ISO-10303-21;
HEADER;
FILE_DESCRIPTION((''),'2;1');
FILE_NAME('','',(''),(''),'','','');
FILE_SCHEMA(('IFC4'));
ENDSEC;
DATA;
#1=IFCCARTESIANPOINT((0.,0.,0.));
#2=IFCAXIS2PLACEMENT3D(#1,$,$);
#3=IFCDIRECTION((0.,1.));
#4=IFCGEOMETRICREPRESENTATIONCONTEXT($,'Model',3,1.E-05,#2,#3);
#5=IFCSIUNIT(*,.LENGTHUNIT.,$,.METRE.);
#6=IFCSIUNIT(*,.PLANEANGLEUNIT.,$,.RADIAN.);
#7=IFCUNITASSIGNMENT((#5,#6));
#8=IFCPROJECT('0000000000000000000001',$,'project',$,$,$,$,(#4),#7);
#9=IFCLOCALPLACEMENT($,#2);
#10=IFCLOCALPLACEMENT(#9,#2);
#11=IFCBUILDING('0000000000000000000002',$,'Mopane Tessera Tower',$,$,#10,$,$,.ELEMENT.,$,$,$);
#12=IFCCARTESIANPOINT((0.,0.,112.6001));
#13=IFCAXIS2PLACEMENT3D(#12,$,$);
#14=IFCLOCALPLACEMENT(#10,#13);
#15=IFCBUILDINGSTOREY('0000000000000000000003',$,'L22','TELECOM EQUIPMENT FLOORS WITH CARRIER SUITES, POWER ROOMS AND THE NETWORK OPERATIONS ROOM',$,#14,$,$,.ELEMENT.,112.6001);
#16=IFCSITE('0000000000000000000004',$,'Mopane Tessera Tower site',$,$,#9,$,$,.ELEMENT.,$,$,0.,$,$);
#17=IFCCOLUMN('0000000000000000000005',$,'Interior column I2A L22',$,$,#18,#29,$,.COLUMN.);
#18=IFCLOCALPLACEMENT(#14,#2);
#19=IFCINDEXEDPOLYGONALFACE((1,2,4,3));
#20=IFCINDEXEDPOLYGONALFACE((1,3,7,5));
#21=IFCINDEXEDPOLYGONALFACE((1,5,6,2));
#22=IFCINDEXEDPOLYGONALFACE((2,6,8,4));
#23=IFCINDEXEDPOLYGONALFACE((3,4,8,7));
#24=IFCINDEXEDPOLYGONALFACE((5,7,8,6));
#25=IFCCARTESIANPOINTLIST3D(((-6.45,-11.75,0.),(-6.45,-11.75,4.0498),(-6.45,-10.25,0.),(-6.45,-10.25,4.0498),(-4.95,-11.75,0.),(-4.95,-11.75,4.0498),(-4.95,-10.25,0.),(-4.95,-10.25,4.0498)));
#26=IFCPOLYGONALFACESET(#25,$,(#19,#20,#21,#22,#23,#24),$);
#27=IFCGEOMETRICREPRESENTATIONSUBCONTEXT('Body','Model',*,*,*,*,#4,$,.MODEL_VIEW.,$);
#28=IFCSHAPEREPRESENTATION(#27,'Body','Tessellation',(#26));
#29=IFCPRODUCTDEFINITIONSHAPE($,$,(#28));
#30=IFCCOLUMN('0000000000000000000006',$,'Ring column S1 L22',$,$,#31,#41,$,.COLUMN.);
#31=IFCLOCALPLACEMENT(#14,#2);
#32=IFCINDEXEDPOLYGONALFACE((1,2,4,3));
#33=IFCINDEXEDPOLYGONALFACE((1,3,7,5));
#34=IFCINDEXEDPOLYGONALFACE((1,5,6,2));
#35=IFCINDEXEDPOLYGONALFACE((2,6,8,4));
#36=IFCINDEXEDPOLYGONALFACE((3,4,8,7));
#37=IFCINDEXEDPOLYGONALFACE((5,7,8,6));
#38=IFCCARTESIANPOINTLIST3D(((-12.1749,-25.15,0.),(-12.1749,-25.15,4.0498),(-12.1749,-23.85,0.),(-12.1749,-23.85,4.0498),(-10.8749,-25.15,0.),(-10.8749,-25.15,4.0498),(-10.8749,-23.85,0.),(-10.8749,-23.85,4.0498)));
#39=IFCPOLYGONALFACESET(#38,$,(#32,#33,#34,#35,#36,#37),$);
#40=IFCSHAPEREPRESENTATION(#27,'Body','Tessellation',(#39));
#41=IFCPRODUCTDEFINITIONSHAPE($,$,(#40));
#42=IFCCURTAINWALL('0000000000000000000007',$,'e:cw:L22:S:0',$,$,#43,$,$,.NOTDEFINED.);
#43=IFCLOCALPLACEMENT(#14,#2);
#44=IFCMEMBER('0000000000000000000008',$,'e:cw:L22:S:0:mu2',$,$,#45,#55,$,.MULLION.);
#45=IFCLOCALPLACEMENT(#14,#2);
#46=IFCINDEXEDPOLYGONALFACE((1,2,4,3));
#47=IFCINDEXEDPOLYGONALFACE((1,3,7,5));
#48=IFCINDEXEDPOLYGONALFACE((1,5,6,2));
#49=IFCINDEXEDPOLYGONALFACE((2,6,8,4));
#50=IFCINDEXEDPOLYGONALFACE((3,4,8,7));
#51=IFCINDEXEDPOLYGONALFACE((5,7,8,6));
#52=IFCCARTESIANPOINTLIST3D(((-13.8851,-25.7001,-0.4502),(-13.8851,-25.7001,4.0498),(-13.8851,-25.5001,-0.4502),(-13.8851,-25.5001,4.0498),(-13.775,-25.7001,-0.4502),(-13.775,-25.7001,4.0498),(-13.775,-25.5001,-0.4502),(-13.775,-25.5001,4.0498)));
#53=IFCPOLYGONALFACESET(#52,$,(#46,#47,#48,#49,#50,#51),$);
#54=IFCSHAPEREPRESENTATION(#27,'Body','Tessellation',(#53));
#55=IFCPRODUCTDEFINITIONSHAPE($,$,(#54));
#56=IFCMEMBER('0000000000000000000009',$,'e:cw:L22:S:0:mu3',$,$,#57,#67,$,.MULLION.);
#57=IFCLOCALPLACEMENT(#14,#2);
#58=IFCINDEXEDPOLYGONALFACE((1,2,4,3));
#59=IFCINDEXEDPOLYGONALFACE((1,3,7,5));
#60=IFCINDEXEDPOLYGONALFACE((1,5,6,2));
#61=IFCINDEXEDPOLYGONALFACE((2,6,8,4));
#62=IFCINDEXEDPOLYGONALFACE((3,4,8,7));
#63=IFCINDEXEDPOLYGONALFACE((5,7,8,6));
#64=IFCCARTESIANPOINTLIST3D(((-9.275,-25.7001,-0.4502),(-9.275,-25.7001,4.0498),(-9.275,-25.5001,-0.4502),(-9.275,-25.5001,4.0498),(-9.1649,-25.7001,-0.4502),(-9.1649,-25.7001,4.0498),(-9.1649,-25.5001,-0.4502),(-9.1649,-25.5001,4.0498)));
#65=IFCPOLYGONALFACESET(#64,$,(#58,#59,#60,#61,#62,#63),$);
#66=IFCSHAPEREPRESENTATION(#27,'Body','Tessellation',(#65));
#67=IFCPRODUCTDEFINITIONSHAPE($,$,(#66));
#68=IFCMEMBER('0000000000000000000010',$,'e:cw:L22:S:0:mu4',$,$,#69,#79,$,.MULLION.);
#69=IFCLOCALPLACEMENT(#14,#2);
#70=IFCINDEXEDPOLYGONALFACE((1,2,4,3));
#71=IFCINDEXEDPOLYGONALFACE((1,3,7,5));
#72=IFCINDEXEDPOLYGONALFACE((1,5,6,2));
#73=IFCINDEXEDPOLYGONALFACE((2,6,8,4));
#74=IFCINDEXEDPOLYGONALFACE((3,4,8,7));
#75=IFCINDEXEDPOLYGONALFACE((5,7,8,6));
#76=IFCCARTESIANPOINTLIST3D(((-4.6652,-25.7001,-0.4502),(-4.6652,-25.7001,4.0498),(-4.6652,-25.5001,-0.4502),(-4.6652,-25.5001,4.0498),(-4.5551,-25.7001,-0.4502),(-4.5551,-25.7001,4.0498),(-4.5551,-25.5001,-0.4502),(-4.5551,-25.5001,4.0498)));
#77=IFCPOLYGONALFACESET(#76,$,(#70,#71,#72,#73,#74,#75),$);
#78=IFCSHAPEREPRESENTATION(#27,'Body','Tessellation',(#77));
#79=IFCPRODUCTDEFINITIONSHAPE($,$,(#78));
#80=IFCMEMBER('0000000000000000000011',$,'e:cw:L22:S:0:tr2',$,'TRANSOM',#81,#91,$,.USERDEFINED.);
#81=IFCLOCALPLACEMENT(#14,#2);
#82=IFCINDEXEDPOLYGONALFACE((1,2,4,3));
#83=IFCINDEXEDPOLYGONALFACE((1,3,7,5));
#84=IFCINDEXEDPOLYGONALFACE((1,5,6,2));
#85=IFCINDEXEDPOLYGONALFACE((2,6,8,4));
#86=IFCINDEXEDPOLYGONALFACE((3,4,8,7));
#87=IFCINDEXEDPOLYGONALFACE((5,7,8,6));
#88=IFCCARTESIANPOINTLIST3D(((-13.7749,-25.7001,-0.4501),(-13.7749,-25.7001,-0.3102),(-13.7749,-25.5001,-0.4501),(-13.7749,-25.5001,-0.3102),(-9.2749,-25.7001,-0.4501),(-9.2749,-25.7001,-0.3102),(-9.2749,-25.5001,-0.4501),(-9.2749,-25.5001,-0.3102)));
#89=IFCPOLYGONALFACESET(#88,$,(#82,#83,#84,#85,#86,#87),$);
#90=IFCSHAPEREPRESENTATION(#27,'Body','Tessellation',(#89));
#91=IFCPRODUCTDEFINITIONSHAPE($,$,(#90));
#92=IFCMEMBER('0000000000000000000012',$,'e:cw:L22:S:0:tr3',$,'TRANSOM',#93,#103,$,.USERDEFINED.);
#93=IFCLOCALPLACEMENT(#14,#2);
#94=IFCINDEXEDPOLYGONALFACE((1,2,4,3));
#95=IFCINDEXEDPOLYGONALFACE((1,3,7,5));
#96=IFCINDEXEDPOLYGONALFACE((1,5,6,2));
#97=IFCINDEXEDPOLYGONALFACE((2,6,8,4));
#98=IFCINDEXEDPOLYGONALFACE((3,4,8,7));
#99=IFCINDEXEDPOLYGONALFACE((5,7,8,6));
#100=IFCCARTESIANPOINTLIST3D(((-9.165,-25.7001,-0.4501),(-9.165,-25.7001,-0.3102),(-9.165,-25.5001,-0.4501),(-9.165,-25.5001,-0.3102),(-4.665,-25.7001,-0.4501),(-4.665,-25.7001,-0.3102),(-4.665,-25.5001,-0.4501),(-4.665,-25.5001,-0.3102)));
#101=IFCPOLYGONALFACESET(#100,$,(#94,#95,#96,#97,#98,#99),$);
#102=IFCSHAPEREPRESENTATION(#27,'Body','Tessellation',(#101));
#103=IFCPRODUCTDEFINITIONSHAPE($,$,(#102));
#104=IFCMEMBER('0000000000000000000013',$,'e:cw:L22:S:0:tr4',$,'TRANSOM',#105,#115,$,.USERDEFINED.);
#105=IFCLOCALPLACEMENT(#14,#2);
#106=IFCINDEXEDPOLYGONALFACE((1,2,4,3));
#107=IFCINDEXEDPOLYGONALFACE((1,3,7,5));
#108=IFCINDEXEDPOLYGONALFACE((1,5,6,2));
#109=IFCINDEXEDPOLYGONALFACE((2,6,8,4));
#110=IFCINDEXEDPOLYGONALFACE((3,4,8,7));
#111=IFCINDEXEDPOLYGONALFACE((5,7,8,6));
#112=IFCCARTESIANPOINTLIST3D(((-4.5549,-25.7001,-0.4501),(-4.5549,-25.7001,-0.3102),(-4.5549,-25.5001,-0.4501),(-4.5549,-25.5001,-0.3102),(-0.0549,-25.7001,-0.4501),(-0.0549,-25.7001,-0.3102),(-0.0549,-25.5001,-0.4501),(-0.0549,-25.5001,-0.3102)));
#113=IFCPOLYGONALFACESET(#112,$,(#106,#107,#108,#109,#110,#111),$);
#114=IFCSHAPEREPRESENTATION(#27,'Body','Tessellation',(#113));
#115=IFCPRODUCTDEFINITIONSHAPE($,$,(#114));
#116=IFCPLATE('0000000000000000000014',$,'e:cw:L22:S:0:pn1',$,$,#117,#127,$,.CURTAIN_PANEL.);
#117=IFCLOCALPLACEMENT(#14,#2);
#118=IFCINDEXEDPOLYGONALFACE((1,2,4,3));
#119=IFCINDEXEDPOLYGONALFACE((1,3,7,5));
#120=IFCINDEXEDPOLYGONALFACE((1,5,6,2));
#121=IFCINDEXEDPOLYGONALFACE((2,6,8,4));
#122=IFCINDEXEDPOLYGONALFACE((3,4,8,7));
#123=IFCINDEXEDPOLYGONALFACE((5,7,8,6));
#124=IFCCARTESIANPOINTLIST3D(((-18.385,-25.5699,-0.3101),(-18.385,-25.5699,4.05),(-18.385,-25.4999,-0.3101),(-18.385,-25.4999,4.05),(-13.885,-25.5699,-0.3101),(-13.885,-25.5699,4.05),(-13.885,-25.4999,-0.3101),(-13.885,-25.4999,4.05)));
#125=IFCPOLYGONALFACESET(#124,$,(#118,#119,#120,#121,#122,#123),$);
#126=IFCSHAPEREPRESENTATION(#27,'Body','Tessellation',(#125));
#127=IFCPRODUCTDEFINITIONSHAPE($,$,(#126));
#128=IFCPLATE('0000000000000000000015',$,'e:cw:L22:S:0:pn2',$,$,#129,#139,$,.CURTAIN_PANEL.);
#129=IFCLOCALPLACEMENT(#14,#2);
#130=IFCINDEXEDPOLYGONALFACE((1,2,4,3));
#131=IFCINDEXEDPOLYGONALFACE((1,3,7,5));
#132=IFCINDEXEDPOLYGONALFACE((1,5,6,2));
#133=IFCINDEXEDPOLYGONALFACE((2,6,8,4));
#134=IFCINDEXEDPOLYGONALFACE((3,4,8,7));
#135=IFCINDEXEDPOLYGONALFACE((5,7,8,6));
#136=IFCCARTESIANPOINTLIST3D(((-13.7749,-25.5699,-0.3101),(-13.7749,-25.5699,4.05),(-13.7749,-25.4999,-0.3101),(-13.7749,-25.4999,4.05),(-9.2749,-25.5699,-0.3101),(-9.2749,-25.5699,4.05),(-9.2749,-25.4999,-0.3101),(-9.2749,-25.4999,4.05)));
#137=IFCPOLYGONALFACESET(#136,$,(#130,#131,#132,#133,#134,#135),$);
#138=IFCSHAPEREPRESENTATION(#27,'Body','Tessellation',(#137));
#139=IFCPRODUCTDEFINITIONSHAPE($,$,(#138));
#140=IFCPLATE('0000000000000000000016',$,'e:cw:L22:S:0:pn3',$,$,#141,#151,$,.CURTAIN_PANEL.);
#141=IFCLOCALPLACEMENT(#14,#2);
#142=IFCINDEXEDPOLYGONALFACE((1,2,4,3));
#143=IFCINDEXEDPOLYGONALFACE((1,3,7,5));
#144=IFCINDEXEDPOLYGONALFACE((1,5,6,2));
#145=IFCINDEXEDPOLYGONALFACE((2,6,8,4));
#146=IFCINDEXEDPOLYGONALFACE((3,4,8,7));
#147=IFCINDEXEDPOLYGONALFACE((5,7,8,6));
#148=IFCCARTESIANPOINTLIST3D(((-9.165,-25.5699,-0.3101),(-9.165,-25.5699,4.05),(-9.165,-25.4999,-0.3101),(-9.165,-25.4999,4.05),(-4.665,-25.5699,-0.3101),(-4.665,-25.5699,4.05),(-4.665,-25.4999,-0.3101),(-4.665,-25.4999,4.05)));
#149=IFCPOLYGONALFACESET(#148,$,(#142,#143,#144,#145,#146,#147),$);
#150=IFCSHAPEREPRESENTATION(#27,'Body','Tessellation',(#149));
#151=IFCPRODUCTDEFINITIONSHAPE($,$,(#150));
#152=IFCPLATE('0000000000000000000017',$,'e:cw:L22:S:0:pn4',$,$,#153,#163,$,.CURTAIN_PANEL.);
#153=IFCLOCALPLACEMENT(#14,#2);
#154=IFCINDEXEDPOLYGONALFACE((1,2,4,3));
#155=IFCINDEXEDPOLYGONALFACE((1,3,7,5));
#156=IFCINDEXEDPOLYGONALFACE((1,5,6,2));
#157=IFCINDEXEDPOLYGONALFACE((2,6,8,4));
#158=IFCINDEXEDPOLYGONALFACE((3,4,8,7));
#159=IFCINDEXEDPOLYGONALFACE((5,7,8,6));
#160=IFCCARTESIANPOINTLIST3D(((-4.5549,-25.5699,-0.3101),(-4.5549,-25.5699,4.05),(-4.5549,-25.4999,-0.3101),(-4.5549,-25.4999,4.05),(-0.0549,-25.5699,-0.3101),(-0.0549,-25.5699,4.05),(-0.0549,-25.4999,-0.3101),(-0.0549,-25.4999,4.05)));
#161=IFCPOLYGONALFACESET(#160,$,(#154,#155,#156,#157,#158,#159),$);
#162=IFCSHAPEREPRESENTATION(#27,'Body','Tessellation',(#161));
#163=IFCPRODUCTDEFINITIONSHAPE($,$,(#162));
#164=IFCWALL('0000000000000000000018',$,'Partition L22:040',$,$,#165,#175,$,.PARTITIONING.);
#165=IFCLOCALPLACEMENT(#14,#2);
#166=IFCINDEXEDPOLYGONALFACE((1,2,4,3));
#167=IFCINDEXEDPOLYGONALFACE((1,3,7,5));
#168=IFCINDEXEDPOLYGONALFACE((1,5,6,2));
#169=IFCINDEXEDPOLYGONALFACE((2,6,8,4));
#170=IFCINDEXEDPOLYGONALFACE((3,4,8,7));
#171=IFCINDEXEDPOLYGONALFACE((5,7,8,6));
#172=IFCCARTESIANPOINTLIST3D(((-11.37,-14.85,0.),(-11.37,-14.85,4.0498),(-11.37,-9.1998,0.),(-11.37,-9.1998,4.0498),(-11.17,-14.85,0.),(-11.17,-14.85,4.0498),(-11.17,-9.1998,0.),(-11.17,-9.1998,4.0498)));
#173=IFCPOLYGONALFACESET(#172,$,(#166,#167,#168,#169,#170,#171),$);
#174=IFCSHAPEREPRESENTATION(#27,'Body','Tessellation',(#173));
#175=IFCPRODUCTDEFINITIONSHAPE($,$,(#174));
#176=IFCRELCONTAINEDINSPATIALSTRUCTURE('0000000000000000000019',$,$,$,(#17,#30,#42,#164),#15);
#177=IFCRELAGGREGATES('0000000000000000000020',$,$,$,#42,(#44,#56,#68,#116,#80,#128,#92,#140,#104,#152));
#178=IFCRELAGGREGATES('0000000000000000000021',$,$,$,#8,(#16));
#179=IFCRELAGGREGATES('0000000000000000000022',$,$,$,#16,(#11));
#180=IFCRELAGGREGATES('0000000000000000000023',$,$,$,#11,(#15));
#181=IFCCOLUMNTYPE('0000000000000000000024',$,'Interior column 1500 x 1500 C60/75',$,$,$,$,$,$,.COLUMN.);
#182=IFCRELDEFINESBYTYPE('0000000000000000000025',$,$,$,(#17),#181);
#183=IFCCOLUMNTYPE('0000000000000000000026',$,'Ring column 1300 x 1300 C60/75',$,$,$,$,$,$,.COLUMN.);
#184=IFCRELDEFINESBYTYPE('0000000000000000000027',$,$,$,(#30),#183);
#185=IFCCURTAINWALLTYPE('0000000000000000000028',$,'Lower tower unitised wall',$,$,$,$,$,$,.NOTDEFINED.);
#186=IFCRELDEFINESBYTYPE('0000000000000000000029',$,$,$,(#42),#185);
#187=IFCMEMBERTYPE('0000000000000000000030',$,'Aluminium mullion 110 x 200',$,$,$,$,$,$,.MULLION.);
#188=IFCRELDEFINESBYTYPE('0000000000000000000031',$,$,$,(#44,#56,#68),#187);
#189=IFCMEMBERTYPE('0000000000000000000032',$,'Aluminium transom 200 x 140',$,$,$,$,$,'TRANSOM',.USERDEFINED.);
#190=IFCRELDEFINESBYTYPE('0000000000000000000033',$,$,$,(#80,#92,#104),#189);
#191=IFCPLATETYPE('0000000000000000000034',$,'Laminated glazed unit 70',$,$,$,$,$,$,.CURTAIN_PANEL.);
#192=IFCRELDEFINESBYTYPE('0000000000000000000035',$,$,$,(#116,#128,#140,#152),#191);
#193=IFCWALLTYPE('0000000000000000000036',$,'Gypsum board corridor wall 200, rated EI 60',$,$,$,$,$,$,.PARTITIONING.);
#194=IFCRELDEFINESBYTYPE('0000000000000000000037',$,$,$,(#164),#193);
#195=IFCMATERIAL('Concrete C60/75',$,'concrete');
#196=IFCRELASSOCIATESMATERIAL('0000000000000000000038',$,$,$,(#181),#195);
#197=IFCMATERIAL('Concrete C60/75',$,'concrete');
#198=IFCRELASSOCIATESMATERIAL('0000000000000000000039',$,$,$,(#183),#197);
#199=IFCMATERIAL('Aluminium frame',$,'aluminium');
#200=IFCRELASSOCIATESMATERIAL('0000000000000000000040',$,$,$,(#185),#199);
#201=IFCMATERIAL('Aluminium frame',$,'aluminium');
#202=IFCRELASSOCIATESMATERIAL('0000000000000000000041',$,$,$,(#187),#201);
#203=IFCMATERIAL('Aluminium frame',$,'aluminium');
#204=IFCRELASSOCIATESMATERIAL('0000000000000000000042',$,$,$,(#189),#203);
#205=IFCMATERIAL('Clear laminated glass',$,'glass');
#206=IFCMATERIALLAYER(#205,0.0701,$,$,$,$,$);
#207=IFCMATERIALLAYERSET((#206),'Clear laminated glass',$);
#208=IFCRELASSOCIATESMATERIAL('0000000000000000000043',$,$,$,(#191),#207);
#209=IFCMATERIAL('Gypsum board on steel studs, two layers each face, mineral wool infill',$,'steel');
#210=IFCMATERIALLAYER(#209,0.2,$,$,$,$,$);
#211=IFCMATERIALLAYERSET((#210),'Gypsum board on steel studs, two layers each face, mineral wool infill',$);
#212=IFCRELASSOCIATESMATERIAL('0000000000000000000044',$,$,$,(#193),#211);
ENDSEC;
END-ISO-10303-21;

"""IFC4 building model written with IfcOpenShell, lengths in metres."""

from ifc_helpers import new_model, si_unit, direction, frame, frame_2d, origin, origin_2d, place, context, subcontext, project, spatial, rectangle, extrude, material, layer, layer_set, material_profile, profile_set, type_object, element, aggregate, save


model = new_model("IFC4")

# Units and contexts
model_context = context("Model", 3, precision=1e-05, world=origin(), true_north=direction((0.0, 1.0)))
body_context = subcontext(model_context, "Body", "Model", "MODEL_VIEW")
ifc_project = project(units=[si_unit("LENGTHUNIT", "METRE"), si_unit("PLANEANGLEUNIT", "RADIAN")], contexts=[model_context])

# Site, building, storey
site_placement = place(None, origin())
site = spatial("IfcSite", under=ifc_project, at=site_placement, Name="Mopane Tessera Tower site", CompositionType="ELEMENT", RefElevation=0.0)
building_placement = place(site_placement, origin())
building = spatial("IfcBuilding", under=site, at=building_placement, Name="Mopane Tessera Tower", CompositionType="ELEMENT")
storey_placement = place(building_placement, frame((0.0, 0.0, 112.6001)))
storey = spatial("IfcBuildingStorey", under=building, at=storey_placement, Name="L22", Description="TELECOM EQUIPMENT FLOORS WITH CARRIER SUITES, POWER ROOMS AND THE NETWORK OPERATIONS ROOM", CompositionType="ELEMENT", Elevation=112.6001)

# Columns
ifc_material_1 = material(Name="Concrete C60/75", Category="concrete")
ifc_material_profile_1 = material_profile(ifc_material_1, rectangle(XDim=1.5, YDim=1.5, at=origin_2d()))
ifc_profile_set_1 = profile_set([ifc_material_profile_1], Name="Concrete C60/75")
column_type_1 = type_object("IfcColumnType", Name="Interior column 1500 x 1500 C60/75", PredefinedType="COLUMN", material=ifc_profile_set_1)
column_1_placement = place(storey_placement, frame((-5.7, -11.0, 0.0), z_axis=(0.0, 0.0, 1.0), x_axis=(1.0, 0.0, 0.0)))
element("IfcColumn", 1, at=column_1_placement, inside=storey, type_object=column_type_1, Name="Interior column I2A L22", PredefinedType="COLUMN", context=body_context, shape_type="SweptSolid", body=[
    extrude(rectangle(XDim=1.5, YDim=1.5, at=origin_2d()), origin(), (0.0, 0.0, 1.0), 4.0498),
])
ifc_material_2 = material(Name="Concrete C60/75", Category="concrete")
ifc_material_profile_2 = material_profile(ifc_material_2, rectangle(XDim=1.3, YDim=1.3, at=origin_2d()))
ifc_profile_set_2 = profile_set([ifc_material_profile_2], Name="Concrete C60/75")
column_type_2 = type_object("IfcColumnType", Name="Ring column 1300 x 1300 C60/75", PredefinedType="COLUMN", material=ifc_profile_set_2)
column_2_placement = place(storey_placement, frame((-11.5249, -24.5, 0.0), z_axis=(0.0, 0.0, 1.0), x_axis=(1.0, 0.0, 0.0)))
element("IfcColumn", 2, at=column_2_placement, inside=storey, type_object=column_type_2, Name="Ring column S1 L22", PredefinedType="COLUMN", context=body_context, shape_type="SweptSolid", body=[
    extrude(rectangle(XDim=1.3, YDim=1.3, at=origin_2d()), origin(), (0.0, 0.0, 1.0), 4.0498),
])

# Curtain wall, members, plates
ifc_material_3 = material(Name="Aluminium frame", Category="aluminium")
curtain_wall_type = type_object("IfcCurtainWallType", Name="Lower tower unitised wall", PredefinedType="NOTDEFINED", material=ifc_material_3)
curtain_wall_placement = place(storey_placement, origin())
curtain_wall = element("IfcCurtainWall", 3, at=curtain_wall_placement, inside=storey, type_object=curtain_wall_type, Name="e:cw:L22:S:0", PredefinedType="NOTDEFINED")
ifc_material_4 = material(Name="Aluminium frame", Category="aluminium")
ifc_material_profile_3 = material_profile(ifc_material_4, rectangle(XDim=0.1101, YDim=0.2, at=origin_2d()))
ifc_profile_set_3 = profile_set([ifc_material_profile_3], Name="Aluminium frame")
member_type_1 = type_object("IfcMemberType", Name="Aluminium mullion 110 x 200", PredefinedType="MULLION", material=ifc_profile_set_3)
member_1_placement = place(storey_placement, frame((-13.8301, -25.6001, -0.4502), z_axis=(0.0, 0.0, 1.0), x_axis=(1.0, 0.0, 0.0)))
member_1 = element("IfcMember", 4, at=member_1_placement, type_object=member_type_1, Name="e:cw:L22:S:0:mu2", PredefinedType="MULLION", context=body_context, shape_type="SweptSolid", body=[
    extrude(rectangle(XDim=0.1101, YDim=0.2, at=origin_2d()), origin(), (0.0, 0.0, 1.0), 4.5),
])
member_2_placement = place(storey_placement, frame((-9.22, -25.6001, -0.4502), z_axis=(0.0, 0.0, 1.0), x_axis=(1.0, 0.0, 0.0)))
member_2 = element("IfcMember", 5, at=member_2_placement, type_object=member_type_1, Name="e:cw:L22:S:0:mu3", PredefinedType="MULLION", context=body_context, shape_type="SweptSolid", body=[
    extrude(rectangle(XDim=0.1101, YDim=0.2, at=origin_2d()), origin(), (0.0, 0.0, 1.0), 4.5),
])
member_3_placement = place(storey_placement, frame((-4.6101, -25.6001, -0.4502), z_axis=(0.0, 0.0, 1.0), x_axis=(1.0, 0.0, 0.0)))
member_3 = element("IfcMember", 6, at=member_3_placement, type_object=member_type_1, Name="e:cw:L22:S:0:mu4", PredefinedType="MULLION", context=body_context, shape_type="SweptSolid", body=[
    extrude(rectangle(XDim=0.1101, YDim=0.2, at=origin_2d()), origin(), (0.0, 0.0, 1.0), 4.5),
])
ifc_material_5 = material(Name="Aluminium frame", Category="aluminium")
ifc_material_profile_4 = material_profile(ifc_material_5, rectangle(XDim=0.2, YDim=0.1399, at=origin_2d()))
ifc_profile_set_4 = profile_set([ifc_material_profile_4], Name="Aluminium frame")
member_type_2 = type_object("IfcMemberType", Name="Aluminium transom 200 x 140", ElementType="TRANSOM", PredefinedType="USERDEFINED", material=ifc_profile_set_4)
member_4_placement = place(storey_placement, frame((-13.7749, -25.6001, -0.3801), z_axis=(1.0, 0.0, 0.0), x_axis=(0.0, 1.0, 0.0)))
member_4 = element("IfcMember", 7, at=member_4_placement, type_object=member_type_2, Name="e:cw:L22:S:0:tr2", ObjectType="TRANSOM", PredefinedType="USERDEFINED", context=body_context, shape_type="SweptSolid", body=[
    extrude(rectangle(XDim=0.2, YDim=0.1399, at=origin_2d()), origin(), (0.0, 0.0, 1.0), 4.5),
])
member_5_placement = place(storey_placement, frame((-9.165, -25.6001, -0.3801), z_axis=(1.0, 0.0, 0.0), x_axis=(0.0, 1.0, 0.0)))
member_5 = element("IfcMember", 8, at=member_5_placement, type_object=member_type_2, Name="e:cw:L22:S:0:tr3", ObjectType="TRANSOM", PredefinedType="USERDEFINED", context=body_context, shape_type="SweptSolid", body=[
    extrude(rectangle(XDim=0.2, YDim=0.1399, at=origin_2d()), origin(), (0.0, 0.0, 1.0), 4.5),
])
member_6_placement = place(storey_placement, frame((-4.5549, -25.6001, -0.3801), z_axis=(1.0, 0.0, 0.0), x_axis=(0.0, 1.0, 0.0)))
member_6 = element("IfcMember", 9, at=member_6_placement, type_object=member_type_2, Name="e:cw:L22:S:0:tr4", ObjectType="TRANSOM", PredefinedType="USERDEFINED", context=body_context, shape_type="SweptSolid", body=[
    extrude(rectangle(XDim=0.2, YDim=0.1399, at=origin_2d()), origin(), (0.0, 0.0, 1.0), 4.5),
])
ifc_material_6 = material(Name="Clear laminated glass", Category="glass")
ifc_layer_1 = layer(ifc_material_6, 0.0701)
ifc_layer_set_1 = layer_set([ifc_layer_1], Name="Clear laminated glass")
plate_type = type_object("IfcPlateType", Name="Laminated glazed unit 70", PredefinedType="CURTAIN_PANEL", material=ifc_layer_set_1)
plate_1_placement = place(storey_placement, frame((-16.135, -25.5349, -0.3101), z_axis=(0.0, 0.0, 1.0), x_axis=(1.0, 0.0, 0.0)))
plate_1 = element("IfcPlate", 10, at=plate_1_placement, type_object=plate_type, Name="e:cw:L22:S:0:pn1", PredefinedType="CURTAIN_PANEL", context=body_context, shape_type="SweptSolid", body=[
    extrude(rectangle(XDim=4.5, YDim=0.0701, at=origin_2d()), origin(), (0.0, 0.0, 1.0), 4.3601),
])
plate_2_placement = place(storey_placement, frame((-11.5249, -25.5349, -0.3101), z_axis=(0.0, 0.0, 1.0), x_axis=(1.0, 0.0, 0.0)))
plate_2 = element("IfcPlate", 11, at=plate_2_placement, type_object=plate_type, Name="e:cw:L22:S:0:pn2", PredefinedType="CURTAIN_PANEL", context=body_context, shape_type="SweptSolid", body=[
    extrude(rectangle(XDim=4.5, YDim=0.0701, at=origin_2d()), origin(), (0.0, 0.0, 1.0), 4.3601),
])
plate_3_placement = place(storey_placement, frame((-6.915, -25.5349, -0.3101), z_axis=(0.0, 0.0, 1.0), x_axis=(1.0, 0.0, 0.0)))
plate_3 = element("IfcPlate", 12, at=plate_3_placement, type_object=plate_type, Name="e:cw:L22:S:0:pn3", PredefinedType="CURTAIN_PANEL", context=body_context, shape_type="SweptSolid", body=[
    extrude(rectangle(XDim=4.5, YDim=0.0701, at=origin_2d()), origin(), (0.0, 0.0, 1.0), 4.3601),
])
plate_4_placement = place(storey_placement, frame((-2.3049, -25.5349, -0.3101), z_axis=(0.0, 0.0, 1.0), x_axis=(1.0, 0.0, 0.0)))
plate_4 = element("IfcPlate", 13, at=plate_4_placement, type_object=plate_type, Name="e:cw:L22:S:0:pn4", PredefinedType="CURTAIN_PANEL", context=body_context, shape_type="SweptSolid", body=[
    extrude(rectangle(XDim=4.5, YDim=0.0701, at=origin_2d()), origin(), (0.0, 0.0, 1.0), 4.3601),
])
aggregate(curtain_wall, [member_1, member_2, member_3, plate_1, member_4, plate_2, member_5, plate_3, member_6, plate_4])

# Wall
ifc_material_7 = material(Name="Gypsum board on steel studs, two layers each face, mineral wool infill", Category="steel")
ifc_layer_2 = layer(ifc_material_7, 0.2)
ifc_layer_set_2 = layer_set([ifc_layer_2], Name="Gypsum board on steel studs, two layers each face, mineral wool infill")
wall_type_1 = type_object("IfcWallType", Name="Gypsum board corridor wall 200, rated EI 60", PredefinedType="PARTITIONING", material=ifc_layer_set_2)
wall_1_placement = place(storey_placement, frame((-11.27, -14.8501, 0.0), z_axis=(0.0, 0.0, 1.0), x_axis=(0.0, 1.0, 0.0)))
element("IfcWall", 14, at=wall_1_placement, inside=storey, type_object=wall_type_1, Name="Partition L22:040", PredefinedType="PARTITIONING", context=body_context, shape_type="SweptSolid", body=[
    extrude(rectangle(XDim=5.6501, YDim=0.2, at=frame_2d((2.8252, 0.0))), origin(), (0.0, 0.0, 1.0), 4.0498),
])

save(model, "model.ifc")
